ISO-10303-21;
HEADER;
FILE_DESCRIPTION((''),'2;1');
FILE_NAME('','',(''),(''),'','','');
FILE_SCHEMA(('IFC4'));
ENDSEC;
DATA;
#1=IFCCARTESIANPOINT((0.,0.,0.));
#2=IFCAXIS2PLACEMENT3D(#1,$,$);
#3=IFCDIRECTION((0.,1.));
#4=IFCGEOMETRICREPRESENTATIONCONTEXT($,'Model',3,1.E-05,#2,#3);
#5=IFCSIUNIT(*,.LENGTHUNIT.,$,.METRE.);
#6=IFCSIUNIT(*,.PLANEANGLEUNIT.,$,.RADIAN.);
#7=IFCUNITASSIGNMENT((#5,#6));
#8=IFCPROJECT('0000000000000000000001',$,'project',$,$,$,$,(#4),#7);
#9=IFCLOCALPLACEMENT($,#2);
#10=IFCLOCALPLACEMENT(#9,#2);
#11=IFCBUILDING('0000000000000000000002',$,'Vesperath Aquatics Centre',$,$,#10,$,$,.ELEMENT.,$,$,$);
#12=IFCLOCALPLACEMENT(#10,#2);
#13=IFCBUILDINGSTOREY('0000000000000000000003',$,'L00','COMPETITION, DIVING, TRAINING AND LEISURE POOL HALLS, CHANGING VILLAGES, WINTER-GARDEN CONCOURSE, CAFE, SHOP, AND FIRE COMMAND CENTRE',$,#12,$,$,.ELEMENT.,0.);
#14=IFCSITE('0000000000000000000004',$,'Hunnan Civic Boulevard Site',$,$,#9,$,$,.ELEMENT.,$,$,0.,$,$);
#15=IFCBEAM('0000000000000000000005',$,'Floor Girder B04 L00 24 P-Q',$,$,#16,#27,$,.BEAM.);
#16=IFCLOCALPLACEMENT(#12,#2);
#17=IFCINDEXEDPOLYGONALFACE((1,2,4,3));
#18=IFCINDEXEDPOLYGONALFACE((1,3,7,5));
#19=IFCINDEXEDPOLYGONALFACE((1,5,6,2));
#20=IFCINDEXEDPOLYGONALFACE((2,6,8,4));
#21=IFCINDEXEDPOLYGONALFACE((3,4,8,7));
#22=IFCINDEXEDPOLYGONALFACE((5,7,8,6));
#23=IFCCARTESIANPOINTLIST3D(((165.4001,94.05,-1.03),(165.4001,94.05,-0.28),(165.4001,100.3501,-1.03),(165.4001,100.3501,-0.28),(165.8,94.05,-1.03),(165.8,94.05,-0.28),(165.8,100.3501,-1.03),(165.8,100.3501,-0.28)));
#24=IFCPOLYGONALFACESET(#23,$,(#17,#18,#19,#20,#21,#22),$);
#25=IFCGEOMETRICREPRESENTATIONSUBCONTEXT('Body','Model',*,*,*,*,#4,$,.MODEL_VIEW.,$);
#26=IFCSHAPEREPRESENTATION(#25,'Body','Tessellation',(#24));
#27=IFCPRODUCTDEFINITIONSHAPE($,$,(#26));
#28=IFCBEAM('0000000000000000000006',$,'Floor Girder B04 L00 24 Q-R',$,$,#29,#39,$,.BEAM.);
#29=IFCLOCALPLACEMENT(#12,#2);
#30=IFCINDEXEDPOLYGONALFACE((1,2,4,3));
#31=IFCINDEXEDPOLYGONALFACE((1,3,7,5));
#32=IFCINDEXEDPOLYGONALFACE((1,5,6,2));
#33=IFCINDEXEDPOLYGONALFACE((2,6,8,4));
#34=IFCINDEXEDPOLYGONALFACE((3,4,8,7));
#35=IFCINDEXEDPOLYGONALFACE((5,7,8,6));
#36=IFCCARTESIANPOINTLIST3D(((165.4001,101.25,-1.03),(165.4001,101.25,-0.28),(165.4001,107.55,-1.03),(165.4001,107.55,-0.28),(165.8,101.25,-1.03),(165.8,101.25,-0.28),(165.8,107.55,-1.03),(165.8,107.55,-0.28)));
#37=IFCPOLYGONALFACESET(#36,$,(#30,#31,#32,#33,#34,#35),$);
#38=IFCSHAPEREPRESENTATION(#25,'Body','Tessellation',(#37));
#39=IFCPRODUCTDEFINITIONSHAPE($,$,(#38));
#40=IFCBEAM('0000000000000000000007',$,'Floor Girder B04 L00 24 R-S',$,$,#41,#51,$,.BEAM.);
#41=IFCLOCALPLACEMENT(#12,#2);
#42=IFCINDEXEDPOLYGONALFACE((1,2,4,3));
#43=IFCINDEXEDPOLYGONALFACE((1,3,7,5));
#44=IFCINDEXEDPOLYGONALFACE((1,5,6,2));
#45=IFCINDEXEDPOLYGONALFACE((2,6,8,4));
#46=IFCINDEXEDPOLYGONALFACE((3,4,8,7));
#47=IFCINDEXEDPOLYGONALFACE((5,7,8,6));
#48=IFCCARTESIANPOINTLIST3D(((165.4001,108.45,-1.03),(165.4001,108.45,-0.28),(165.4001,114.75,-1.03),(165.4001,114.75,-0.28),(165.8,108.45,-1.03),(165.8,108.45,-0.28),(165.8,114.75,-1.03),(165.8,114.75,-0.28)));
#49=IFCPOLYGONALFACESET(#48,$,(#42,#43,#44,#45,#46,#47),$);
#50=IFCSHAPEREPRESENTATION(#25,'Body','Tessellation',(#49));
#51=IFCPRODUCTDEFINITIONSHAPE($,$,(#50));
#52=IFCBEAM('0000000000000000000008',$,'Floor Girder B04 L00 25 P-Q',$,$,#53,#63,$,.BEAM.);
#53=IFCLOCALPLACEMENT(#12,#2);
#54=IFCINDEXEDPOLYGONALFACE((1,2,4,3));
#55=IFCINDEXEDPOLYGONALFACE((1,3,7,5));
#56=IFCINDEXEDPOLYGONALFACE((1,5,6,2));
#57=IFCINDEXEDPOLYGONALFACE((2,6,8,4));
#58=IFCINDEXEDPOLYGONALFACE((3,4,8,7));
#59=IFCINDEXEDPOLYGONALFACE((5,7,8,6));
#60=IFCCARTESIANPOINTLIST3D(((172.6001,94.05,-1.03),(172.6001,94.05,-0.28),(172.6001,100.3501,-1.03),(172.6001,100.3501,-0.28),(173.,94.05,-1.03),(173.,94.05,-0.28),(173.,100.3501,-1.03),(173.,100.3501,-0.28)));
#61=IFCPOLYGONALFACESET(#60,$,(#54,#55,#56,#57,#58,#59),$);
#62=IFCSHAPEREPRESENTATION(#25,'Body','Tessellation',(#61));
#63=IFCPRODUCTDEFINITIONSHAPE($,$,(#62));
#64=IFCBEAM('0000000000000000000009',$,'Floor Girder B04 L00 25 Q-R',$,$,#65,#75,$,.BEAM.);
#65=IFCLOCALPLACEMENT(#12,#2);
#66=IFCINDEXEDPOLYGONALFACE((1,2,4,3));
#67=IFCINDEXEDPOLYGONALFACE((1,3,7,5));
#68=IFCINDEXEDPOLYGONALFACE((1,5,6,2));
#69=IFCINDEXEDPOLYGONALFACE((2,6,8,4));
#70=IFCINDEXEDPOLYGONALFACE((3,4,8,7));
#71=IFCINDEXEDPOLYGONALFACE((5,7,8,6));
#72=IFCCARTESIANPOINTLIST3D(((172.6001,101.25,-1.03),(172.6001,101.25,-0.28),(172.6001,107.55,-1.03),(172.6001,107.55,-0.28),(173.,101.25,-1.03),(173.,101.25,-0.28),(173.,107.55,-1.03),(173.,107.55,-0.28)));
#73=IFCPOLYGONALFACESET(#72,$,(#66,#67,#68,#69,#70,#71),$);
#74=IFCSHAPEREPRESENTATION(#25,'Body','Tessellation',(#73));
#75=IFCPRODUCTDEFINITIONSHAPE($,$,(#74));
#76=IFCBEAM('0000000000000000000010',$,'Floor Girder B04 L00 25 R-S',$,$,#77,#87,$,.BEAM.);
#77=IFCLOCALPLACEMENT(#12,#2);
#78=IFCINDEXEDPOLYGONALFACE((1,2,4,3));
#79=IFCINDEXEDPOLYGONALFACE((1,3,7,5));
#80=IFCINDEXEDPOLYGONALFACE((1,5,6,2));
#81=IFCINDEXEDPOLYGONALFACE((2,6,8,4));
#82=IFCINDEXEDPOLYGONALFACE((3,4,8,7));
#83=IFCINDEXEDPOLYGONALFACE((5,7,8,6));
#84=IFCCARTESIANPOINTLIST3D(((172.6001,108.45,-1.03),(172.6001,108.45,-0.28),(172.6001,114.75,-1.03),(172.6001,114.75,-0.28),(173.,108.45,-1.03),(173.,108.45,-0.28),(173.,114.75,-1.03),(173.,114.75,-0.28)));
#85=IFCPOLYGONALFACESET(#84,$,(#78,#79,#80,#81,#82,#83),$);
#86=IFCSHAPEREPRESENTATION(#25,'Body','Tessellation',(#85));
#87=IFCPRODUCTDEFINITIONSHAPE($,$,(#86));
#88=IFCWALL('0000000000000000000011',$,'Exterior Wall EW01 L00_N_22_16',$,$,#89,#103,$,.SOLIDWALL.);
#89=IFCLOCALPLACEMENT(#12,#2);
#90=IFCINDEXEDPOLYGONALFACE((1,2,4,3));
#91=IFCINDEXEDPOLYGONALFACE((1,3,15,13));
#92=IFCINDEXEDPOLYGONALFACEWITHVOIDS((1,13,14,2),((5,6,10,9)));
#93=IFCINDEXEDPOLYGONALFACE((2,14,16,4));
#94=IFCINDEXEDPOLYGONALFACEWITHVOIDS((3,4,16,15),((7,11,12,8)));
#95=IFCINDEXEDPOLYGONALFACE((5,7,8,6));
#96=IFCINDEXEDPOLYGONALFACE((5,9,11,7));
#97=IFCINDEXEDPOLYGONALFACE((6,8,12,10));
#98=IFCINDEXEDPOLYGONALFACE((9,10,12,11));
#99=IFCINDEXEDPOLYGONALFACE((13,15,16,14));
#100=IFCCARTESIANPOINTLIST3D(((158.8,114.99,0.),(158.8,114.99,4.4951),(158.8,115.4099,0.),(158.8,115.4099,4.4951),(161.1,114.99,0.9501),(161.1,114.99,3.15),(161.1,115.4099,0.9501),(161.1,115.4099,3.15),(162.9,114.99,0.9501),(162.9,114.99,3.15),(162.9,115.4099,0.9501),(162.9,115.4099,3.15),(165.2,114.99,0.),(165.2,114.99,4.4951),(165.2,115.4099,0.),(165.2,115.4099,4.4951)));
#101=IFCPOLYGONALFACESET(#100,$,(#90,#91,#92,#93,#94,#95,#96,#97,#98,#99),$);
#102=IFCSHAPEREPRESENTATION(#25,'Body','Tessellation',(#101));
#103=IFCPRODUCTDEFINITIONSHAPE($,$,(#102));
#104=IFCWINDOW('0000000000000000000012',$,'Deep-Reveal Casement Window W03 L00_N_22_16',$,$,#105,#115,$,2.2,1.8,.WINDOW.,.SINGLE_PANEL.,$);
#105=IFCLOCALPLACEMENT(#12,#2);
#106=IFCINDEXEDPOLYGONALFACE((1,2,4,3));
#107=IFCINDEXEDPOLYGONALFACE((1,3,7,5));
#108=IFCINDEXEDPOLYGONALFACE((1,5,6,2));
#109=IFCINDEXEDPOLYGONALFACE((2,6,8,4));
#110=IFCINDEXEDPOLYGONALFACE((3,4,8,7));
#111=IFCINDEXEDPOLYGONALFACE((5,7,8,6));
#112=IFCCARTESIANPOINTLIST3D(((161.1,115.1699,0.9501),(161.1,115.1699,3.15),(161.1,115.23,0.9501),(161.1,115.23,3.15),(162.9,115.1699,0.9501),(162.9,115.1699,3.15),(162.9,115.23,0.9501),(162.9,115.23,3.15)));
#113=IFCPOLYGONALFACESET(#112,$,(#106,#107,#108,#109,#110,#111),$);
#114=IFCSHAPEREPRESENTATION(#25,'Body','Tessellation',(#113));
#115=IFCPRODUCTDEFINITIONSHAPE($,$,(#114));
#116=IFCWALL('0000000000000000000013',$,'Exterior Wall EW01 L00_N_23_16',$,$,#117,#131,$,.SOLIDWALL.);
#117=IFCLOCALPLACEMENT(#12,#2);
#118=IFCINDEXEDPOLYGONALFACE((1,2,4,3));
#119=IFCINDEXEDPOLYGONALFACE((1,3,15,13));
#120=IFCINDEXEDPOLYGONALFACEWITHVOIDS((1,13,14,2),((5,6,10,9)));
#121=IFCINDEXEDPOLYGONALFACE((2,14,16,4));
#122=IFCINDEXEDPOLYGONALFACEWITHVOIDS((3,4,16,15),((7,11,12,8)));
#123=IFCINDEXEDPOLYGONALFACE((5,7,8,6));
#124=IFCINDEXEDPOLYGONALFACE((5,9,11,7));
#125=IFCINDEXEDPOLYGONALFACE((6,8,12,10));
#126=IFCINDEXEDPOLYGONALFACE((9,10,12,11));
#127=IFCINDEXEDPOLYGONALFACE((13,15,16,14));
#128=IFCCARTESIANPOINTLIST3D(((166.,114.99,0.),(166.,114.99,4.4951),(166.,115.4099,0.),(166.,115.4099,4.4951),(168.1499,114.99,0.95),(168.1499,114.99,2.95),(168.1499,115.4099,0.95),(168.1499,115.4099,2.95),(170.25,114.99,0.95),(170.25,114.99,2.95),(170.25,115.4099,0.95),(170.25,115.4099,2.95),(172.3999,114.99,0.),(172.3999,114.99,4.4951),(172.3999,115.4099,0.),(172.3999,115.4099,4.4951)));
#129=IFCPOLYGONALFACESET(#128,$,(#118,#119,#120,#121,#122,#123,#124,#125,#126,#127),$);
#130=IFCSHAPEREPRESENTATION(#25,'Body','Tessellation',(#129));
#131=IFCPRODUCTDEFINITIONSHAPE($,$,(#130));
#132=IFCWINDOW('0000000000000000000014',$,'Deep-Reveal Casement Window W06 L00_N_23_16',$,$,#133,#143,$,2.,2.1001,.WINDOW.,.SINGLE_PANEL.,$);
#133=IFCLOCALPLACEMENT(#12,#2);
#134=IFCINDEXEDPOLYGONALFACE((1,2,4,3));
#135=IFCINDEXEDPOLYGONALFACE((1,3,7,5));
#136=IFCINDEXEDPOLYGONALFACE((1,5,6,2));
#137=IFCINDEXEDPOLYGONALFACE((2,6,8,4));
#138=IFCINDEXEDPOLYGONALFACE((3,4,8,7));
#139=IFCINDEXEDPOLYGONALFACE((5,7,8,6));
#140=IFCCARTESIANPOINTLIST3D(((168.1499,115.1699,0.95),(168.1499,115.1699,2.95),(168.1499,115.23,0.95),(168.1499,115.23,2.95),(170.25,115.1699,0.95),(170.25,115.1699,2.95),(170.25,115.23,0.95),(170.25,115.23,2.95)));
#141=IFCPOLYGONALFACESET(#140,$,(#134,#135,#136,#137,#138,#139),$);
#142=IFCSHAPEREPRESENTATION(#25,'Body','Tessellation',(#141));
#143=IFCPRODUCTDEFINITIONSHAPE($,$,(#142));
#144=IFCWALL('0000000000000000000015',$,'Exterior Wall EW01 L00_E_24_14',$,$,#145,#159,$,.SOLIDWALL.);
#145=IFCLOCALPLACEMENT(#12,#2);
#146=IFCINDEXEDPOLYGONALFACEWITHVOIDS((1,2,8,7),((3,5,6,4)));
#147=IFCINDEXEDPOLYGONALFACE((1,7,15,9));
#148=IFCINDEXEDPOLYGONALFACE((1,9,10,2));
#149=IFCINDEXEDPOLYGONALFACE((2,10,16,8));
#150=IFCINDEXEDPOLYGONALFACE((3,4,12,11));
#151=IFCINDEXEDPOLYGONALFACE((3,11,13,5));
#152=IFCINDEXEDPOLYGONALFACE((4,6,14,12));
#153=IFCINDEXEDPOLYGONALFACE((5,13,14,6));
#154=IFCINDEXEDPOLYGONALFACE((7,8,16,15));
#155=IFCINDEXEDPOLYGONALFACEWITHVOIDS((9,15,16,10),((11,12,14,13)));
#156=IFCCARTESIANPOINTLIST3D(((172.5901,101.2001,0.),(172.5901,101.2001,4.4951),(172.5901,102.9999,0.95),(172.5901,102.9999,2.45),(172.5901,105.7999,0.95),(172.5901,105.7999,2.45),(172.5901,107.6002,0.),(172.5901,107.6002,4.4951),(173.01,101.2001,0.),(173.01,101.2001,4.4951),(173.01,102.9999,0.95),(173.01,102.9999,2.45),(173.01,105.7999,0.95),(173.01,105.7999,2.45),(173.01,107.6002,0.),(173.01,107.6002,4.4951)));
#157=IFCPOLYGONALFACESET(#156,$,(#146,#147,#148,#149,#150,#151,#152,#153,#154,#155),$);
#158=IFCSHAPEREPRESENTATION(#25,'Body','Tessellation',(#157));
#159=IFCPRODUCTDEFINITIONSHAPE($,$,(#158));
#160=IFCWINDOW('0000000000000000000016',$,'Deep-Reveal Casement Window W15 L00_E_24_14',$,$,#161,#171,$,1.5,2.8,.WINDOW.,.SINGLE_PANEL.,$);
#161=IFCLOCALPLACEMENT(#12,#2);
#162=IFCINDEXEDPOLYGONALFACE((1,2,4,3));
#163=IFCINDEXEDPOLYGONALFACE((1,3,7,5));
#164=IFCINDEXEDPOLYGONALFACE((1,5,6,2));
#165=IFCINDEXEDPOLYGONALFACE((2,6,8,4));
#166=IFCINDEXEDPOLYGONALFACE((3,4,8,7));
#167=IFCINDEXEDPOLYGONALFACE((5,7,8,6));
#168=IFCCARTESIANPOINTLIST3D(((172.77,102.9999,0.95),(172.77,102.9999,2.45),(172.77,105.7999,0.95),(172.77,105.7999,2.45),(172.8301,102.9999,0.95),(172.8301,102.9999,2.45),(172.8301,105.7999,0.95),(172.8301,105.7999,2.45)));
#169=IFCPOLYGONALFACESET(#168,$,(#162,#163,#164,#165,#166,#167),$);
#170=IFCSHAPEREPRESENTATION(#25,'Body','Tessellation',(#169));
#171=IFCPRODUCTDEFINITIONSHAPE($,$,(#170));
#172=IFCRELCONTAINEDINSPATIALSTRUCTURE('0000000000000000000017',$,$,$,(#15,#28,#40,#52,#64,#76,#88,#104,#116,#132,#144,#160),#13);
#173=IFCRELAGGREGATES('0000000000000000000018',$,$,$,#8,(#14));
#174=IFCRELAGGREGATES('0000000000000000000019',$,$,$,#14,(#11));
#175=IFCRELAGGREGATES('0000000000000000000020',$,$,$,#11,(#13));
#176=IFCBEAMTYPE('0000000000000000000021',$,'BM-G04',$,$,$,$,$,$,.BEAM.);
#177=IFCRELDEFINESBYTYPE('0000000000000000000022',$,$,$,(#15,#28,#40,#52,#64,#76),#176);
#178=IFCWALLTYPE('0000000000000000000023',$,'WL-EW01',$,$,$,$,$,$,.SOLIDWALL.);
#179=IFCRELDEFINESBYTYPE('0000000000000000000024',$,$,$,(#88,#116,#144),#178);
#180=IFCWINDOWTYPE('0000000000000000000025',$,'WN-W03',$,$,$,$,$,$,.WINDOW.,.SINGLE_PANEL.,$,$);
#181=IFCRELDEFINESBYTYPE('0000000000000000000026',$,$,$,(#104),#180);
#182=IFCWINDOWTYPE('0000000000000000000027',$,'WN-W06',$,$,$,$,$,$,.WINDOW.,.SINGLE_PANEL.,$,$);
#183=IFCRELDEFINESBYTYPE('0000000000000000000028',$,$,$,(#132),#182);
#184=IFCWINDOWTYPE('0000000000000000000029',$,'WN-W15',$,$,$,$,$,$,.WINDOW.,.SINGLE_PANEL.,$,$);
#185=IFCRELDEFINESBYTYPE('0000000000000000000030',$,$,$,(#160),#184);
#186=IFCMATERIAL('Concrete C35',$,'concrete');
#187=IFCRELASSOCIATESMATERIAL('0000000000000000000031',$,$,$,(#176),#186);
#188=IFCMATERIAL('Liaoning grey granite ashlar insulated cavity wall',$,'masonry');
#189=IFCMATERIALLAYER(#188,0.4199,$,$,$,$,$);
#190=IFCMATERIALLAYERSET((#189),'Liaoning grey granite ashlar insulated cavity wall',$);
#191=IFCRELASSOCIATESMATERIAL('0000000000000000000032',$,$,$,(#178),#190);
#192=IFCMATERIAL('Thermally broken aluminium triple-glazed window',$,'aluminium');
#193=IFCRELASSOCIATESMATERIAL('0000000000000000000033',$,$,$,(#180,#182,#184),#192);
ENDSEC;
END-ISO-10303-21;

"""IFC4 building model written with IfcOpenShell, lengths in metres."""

from ifc_helpers import new_model, si_unit, direction, frame, frame_2d, origin, origin_2d, place, context, subcontext, project, spatial, rectangle, extrude, material, layer, layer_set, material_profile, profile_set, type_object, element, fill, save


model = new_model("IFC4")

# Units and contexts
model_context = context("Model", 3, precision=1e-05, world=origin(), true_north=direction((0.0, 1.0)))
body_context = subcontext(model_context, "Body", "Model", "MODEL_VIEW")
ifc_project = project(units=[si_unit("LENGTHUNIT", "METRE"), si_unit("PLANEANGLEUNIT", "RADIAN")], contexts=[model_context])

# Site, building, storey
site_placement = place(None, origin())
site = spatial("IfcSite", under=ifc_project, at=site_placement, Name="Hunnan Civic Boulevard Site", CompositionType="ELEMENT", RefElevation=0.0)
building_placement = place(site_placement, origin())
building = spatial("IfcBuilding", under=site, at=building_placement, Name="Vesperath Aquatics Centre", CompositionType="ELEMENT")
storey_placement = place(building_placement, origin())
storey = spatial("IfcBuildingStorey", under=building, at=storey_placement, Name="L00", Description="COMPETITION, DIVING, TRAINING AND LEISURE POOL HALLS, CHANGING VILLAGES, WINTER-GARDEN CONCOURSE, CAFE, SHOP, AND FIRE COMMAND CENTRE", CompositionType="ELEMENT", Elevation=0.0)

# Beams
ifc_material_1 = material(Name="Concrete C35", Category="concrete")
ifc_material_profile_1 = material_profile(ifc_material_1, rectangle(XDim=0.3999, YDim=0.75, at=origin_2d()), Name="RC 400x750")
ifc_profile_set_1 = profile_set([ifc_material_profile_1], Name="Concrete C35")
beam_type_1 = type_object("IfcBeamType", Name="BM-G04", PredefinedType="BEAM", material=ifc_profile_set_1)
for number, where, z_axis, x_axis, name in (
    (1, (165.6001, 94.05, -0.655), (0.0, 1.0, 0.0), (-1.0, 0.0, 0.0), "Floor Girder B04 L00 24 P-Q"),
    (2, (165.6001, 101.25, -0.655), (0.0, 1.0, 0.0), (-1.0, 0.0, 0.0), "Floor Girder B04 L00 24 Q-R"),
    (3, (165.6001, 108.45, -0.655), (0.0, 1.0, 0.0), (-1.0, 0.0, 0.0), "Floor Girder B04 L00 24 R-S"),
    (4, (172.8, 94.05, -0.655), (0.0, 1.0, 0.0), (-1.0, 0.0, 0.0), "Floor Girder B04 L00 25 P-Q"),
    (5, (172.8, 101.25, -0.655), (0.0, 1.0, 0.0), (-1.0, 0.0, 0.0), "Floor Girder B04 L00 25 Q-R"),
    (6, (172.8, 108.45, -0.655), (0.0, 1.0, 0.0), (-1.0, 0.0, 0.0), "Floor Girder B04 L00 25 R-S"),
):
    element("IfcBeam", number, at=place(storey_placement, frame(where, z_axis=z_axis, x_axis=x_axis)), inside=storey, type_object=beam_type_1, Name=name, PredefinedType="BEAM", context=body_context, shape_type="SweptSolid", body=[
        extrude(rectangle(XDim=0.3999, YDim=0.75, at=origin_2d()), origin(), (0.0, 0.0, 1.0), 6.3),
    ])

# Walls, openings, windows
ifc_material_2 = material(Name="Liaoning grey granite ashlar insulated cavity wall", Category="masonry")
ifc_layer = layer(ifc_material_2, 0.4199)
ifc_layer_set = layer_set([ifc_layer], Name="Liaoning grey granite ashlar insulated cavity wall")
wall_type = type_object("IfcWallType", Name="WL-EW01", PredefinedType="SOLIDWALL", material=ifc_layer_set)
wall_1_placement = place(storey_placement, frame((158.8, 115.2, 0.0), z_axis=(0.0, 0.0, 1.0), x_axis=(1.0, 0.0, 0.0)))
wall_1 = element("IfcWall", 7, at=wall_1_placement, inside=storey, type_object=wall_type, Name="Exterior Wall EW01 L00_N_22_16", PredefinedType="SOLIDWALL", context=body_context, shape_type="SweptSolid", body=[
    extrude(rectangle(XDim=6.3999, YDim=0.4199, at=frame_2d((3.2, 0.0))), origin(), (0.0, 0.0, 1.0), 4.4951),
])
opening_1_placement = place(wall_1_placement, frame((2.3, 0.0, 0.95)))
opening_1 = element("IfcOpeningElement", 8, at=opening_1_placement, cuts=wall_1, PredefinedType="OPENING", context=body_context, shape_type="SweptSolid", body=[
    extrude(rectangle(XDim=1.8, YDim=2.2, at=frame_2d((0.8999, 1.1001))), frame((0.0, 0.2249, 0.0), z_axis=(0.0, -1.0, 0.0), x_axis=(1.0, 0.0, 0.0)), (0.0, 0.0, 1.0), 0.4497),
])
ifc_material_3 = material(Name="Thermally broken aluminium triple-glazed window", Category="aluminium")
window_type_1 = type_object("IfcWindowType", Name="WN-W03", PartitioningType="SINGLE_PANEL", PredefinedType="WINDOW", material=ifc_material_3)
window_1_placement = place(opening_1_placement, origin())
window_1 = element("IfcWindow", 9, at=window_1_placement, inside=storey, type_object=window_type_1, Name="Deep-Reveal Casement Window W03 L00_N_22_16", OverallHeight=2.2, OverallWidth=1.8, PartitioningType="SINGLE_PANEL", PredefinedType="WINDOW", context=body_context, shape_type="SweptSolid", body=[
    extrude(rectangle(XDim=1.8, YDim=2.2, at=frame_2d((0.8999, 1.1001))), frame((0.0, 0.03, 0.0), z_axis=(0.0, -1.0, 0.0), x_axis=(1.0, 0.0, 0.0)), (0.0, 0.0, 1.0), 0.0601),
])
fill(opening_1, window_1)
wall_2_placement = place(storey_placement, frame((166.0, 115.2, 0.0), z_axis=(0.0, 0.0, 1.0), x_axis=(1.0, 0.0, 0.0)))
wall_2 = element("IfcWall", 10, at=wall_2_placement, inside=storey, type_object=wall_type, Name="Exterior Wall EW01 L00_N_23_16", PredefinedType="SOLIDWALL", context=body_context, shape_type="SweptSolid", body=[
    extrude(rectangle(XDim=6.3999, YDim=0.4199, at=frame_2d((3.2, 0.0))), origin(), (0.0, 0.0, 1.0), 4.4951),
])
opening_2_placement = place(wall_2_placement, frame((2.1499, 0.0, 0.95)))
opening_2 = element("IfcOpeningElement", 11, at=opening_2_placement, cuts=wall_2, PredefinedType="OPENING", context=body_context, shape_type="SweptSolid", body=[
    extrude(rectangle(XDim=2.1001, YDim=2.0, at=frame_2d((1.05, 1.0))), frame((0.0, 0.2249, 0.0), z_axis=(0.0, -1.0, 0.0), x_axis=(1.0, 0.0, 0.0)), (0.0, 0.0, 1.0), 0.4497),
])
window_type_2 = type_object("IfcWindowType", Name="WN-W06", PartitioningType="SINGLE_PANEL", PredefinedType="WINDOW", material=ifc_material_3)
window_2_placement = place(opening_2_placement, origin())
window_2 = element("IfcWindow", 12, at=window_2_placement, inside=storey, type_object=window_type_2, Name="Deep-Reveal Casement Window W06 L00_N_23_16", OverallHeight=2.0, OverallWidth=2.1001, PartitioningType="SINGLE_PANEL", PredefinedType="WINDOW", context=body_context, shape_type="SweptSolid", body=[
    extrude(rectangle(XDim=2.1001, YDim=2.0, at=frame_2d((1.05, 1.0))), frame((0.0, 0.03, 0.0), z_axis=(0.0, -1.0, 0.0), x_axis=(1.0, 0.0, 0.0)), (0.0, 0.0, 1.0), 0.0601),
])
fill(opening_2, window_2)
wall_3_placement = place(storey_placement, frame((172.8, 101.2, 0.0), z_axis=(0.0, 0.0, 1.0), x_axis=(0.0, 1.0, 0.0)))
wall_3 = element("IfcWall", 13, at=wall_3_placement, inside=storey, type_object=wall_type, Name="Exterior Wall EW01 L00_E_24_14", PredefinedType="SOLIDWALL", context=body_context, shape_type="SweptSolid", body=[
    extrude(rectangle(XDim=6.4001, YDim=0.4199, at=frame_2d((3.2002, 0.0))), origin(), (0.0, 0.0, 1.0), 4.4951),
])
opening_3_placement = place(wall_3_placement, frame((1.8, 0.0, 0.95)))
opening_3 = element("IfcOpeningElement", 14, at=opening_3_placement, cuts=wall_3, PredefinedType="OPENING", context=body_context, shape_type="SweptSolid", body=[
    extrude(rectangle(XDim=2.8, YDim=1.5, at=frame_2d((1.3999, 0.75))), frame((0.0, 0.2249, 0.0), z_axis=(0.0, -1.0, 0.0), x_axis=(1.0, 0.0, 0.0)), (0.0, 0.0, 1.0), 0.4497),
])
window_type_3 = type_object("IfcWindowType", Name="WN-W15", PartitioningType="SINGLE_PANEL", PredefinedType="WINDOW", material=ifc_material_3)
window_3_placement = place(opening_3_placement, origin())
window_3 = element("IfcWindow", 15, at=window_3_placement, inside=storey, type_object=window_type_3, Name="Deep-Reveal Casement Window W15 L00_E_24_14", OverallHeight=1.5, OverallWidth=2.8, PartitioningType="SINGLE_PANEL", PredefinedType="WINDOW", context=body_context, shape_type="SweptSolid", body=[
    extrude(rectangle(XDim=2.8, YDim=1.5, at=frame_2d((1.3999, 0.75))), frame((0.0, 0.03, 0.0), z_axis=(0.0, -1.0, 0.0), x_axis=(1.0, 0.0, 0.0)), (0.0, 0.0, 1.0), 0.0601),
])
fill(opening_3, window_3)

save(model, "model.ifc")
